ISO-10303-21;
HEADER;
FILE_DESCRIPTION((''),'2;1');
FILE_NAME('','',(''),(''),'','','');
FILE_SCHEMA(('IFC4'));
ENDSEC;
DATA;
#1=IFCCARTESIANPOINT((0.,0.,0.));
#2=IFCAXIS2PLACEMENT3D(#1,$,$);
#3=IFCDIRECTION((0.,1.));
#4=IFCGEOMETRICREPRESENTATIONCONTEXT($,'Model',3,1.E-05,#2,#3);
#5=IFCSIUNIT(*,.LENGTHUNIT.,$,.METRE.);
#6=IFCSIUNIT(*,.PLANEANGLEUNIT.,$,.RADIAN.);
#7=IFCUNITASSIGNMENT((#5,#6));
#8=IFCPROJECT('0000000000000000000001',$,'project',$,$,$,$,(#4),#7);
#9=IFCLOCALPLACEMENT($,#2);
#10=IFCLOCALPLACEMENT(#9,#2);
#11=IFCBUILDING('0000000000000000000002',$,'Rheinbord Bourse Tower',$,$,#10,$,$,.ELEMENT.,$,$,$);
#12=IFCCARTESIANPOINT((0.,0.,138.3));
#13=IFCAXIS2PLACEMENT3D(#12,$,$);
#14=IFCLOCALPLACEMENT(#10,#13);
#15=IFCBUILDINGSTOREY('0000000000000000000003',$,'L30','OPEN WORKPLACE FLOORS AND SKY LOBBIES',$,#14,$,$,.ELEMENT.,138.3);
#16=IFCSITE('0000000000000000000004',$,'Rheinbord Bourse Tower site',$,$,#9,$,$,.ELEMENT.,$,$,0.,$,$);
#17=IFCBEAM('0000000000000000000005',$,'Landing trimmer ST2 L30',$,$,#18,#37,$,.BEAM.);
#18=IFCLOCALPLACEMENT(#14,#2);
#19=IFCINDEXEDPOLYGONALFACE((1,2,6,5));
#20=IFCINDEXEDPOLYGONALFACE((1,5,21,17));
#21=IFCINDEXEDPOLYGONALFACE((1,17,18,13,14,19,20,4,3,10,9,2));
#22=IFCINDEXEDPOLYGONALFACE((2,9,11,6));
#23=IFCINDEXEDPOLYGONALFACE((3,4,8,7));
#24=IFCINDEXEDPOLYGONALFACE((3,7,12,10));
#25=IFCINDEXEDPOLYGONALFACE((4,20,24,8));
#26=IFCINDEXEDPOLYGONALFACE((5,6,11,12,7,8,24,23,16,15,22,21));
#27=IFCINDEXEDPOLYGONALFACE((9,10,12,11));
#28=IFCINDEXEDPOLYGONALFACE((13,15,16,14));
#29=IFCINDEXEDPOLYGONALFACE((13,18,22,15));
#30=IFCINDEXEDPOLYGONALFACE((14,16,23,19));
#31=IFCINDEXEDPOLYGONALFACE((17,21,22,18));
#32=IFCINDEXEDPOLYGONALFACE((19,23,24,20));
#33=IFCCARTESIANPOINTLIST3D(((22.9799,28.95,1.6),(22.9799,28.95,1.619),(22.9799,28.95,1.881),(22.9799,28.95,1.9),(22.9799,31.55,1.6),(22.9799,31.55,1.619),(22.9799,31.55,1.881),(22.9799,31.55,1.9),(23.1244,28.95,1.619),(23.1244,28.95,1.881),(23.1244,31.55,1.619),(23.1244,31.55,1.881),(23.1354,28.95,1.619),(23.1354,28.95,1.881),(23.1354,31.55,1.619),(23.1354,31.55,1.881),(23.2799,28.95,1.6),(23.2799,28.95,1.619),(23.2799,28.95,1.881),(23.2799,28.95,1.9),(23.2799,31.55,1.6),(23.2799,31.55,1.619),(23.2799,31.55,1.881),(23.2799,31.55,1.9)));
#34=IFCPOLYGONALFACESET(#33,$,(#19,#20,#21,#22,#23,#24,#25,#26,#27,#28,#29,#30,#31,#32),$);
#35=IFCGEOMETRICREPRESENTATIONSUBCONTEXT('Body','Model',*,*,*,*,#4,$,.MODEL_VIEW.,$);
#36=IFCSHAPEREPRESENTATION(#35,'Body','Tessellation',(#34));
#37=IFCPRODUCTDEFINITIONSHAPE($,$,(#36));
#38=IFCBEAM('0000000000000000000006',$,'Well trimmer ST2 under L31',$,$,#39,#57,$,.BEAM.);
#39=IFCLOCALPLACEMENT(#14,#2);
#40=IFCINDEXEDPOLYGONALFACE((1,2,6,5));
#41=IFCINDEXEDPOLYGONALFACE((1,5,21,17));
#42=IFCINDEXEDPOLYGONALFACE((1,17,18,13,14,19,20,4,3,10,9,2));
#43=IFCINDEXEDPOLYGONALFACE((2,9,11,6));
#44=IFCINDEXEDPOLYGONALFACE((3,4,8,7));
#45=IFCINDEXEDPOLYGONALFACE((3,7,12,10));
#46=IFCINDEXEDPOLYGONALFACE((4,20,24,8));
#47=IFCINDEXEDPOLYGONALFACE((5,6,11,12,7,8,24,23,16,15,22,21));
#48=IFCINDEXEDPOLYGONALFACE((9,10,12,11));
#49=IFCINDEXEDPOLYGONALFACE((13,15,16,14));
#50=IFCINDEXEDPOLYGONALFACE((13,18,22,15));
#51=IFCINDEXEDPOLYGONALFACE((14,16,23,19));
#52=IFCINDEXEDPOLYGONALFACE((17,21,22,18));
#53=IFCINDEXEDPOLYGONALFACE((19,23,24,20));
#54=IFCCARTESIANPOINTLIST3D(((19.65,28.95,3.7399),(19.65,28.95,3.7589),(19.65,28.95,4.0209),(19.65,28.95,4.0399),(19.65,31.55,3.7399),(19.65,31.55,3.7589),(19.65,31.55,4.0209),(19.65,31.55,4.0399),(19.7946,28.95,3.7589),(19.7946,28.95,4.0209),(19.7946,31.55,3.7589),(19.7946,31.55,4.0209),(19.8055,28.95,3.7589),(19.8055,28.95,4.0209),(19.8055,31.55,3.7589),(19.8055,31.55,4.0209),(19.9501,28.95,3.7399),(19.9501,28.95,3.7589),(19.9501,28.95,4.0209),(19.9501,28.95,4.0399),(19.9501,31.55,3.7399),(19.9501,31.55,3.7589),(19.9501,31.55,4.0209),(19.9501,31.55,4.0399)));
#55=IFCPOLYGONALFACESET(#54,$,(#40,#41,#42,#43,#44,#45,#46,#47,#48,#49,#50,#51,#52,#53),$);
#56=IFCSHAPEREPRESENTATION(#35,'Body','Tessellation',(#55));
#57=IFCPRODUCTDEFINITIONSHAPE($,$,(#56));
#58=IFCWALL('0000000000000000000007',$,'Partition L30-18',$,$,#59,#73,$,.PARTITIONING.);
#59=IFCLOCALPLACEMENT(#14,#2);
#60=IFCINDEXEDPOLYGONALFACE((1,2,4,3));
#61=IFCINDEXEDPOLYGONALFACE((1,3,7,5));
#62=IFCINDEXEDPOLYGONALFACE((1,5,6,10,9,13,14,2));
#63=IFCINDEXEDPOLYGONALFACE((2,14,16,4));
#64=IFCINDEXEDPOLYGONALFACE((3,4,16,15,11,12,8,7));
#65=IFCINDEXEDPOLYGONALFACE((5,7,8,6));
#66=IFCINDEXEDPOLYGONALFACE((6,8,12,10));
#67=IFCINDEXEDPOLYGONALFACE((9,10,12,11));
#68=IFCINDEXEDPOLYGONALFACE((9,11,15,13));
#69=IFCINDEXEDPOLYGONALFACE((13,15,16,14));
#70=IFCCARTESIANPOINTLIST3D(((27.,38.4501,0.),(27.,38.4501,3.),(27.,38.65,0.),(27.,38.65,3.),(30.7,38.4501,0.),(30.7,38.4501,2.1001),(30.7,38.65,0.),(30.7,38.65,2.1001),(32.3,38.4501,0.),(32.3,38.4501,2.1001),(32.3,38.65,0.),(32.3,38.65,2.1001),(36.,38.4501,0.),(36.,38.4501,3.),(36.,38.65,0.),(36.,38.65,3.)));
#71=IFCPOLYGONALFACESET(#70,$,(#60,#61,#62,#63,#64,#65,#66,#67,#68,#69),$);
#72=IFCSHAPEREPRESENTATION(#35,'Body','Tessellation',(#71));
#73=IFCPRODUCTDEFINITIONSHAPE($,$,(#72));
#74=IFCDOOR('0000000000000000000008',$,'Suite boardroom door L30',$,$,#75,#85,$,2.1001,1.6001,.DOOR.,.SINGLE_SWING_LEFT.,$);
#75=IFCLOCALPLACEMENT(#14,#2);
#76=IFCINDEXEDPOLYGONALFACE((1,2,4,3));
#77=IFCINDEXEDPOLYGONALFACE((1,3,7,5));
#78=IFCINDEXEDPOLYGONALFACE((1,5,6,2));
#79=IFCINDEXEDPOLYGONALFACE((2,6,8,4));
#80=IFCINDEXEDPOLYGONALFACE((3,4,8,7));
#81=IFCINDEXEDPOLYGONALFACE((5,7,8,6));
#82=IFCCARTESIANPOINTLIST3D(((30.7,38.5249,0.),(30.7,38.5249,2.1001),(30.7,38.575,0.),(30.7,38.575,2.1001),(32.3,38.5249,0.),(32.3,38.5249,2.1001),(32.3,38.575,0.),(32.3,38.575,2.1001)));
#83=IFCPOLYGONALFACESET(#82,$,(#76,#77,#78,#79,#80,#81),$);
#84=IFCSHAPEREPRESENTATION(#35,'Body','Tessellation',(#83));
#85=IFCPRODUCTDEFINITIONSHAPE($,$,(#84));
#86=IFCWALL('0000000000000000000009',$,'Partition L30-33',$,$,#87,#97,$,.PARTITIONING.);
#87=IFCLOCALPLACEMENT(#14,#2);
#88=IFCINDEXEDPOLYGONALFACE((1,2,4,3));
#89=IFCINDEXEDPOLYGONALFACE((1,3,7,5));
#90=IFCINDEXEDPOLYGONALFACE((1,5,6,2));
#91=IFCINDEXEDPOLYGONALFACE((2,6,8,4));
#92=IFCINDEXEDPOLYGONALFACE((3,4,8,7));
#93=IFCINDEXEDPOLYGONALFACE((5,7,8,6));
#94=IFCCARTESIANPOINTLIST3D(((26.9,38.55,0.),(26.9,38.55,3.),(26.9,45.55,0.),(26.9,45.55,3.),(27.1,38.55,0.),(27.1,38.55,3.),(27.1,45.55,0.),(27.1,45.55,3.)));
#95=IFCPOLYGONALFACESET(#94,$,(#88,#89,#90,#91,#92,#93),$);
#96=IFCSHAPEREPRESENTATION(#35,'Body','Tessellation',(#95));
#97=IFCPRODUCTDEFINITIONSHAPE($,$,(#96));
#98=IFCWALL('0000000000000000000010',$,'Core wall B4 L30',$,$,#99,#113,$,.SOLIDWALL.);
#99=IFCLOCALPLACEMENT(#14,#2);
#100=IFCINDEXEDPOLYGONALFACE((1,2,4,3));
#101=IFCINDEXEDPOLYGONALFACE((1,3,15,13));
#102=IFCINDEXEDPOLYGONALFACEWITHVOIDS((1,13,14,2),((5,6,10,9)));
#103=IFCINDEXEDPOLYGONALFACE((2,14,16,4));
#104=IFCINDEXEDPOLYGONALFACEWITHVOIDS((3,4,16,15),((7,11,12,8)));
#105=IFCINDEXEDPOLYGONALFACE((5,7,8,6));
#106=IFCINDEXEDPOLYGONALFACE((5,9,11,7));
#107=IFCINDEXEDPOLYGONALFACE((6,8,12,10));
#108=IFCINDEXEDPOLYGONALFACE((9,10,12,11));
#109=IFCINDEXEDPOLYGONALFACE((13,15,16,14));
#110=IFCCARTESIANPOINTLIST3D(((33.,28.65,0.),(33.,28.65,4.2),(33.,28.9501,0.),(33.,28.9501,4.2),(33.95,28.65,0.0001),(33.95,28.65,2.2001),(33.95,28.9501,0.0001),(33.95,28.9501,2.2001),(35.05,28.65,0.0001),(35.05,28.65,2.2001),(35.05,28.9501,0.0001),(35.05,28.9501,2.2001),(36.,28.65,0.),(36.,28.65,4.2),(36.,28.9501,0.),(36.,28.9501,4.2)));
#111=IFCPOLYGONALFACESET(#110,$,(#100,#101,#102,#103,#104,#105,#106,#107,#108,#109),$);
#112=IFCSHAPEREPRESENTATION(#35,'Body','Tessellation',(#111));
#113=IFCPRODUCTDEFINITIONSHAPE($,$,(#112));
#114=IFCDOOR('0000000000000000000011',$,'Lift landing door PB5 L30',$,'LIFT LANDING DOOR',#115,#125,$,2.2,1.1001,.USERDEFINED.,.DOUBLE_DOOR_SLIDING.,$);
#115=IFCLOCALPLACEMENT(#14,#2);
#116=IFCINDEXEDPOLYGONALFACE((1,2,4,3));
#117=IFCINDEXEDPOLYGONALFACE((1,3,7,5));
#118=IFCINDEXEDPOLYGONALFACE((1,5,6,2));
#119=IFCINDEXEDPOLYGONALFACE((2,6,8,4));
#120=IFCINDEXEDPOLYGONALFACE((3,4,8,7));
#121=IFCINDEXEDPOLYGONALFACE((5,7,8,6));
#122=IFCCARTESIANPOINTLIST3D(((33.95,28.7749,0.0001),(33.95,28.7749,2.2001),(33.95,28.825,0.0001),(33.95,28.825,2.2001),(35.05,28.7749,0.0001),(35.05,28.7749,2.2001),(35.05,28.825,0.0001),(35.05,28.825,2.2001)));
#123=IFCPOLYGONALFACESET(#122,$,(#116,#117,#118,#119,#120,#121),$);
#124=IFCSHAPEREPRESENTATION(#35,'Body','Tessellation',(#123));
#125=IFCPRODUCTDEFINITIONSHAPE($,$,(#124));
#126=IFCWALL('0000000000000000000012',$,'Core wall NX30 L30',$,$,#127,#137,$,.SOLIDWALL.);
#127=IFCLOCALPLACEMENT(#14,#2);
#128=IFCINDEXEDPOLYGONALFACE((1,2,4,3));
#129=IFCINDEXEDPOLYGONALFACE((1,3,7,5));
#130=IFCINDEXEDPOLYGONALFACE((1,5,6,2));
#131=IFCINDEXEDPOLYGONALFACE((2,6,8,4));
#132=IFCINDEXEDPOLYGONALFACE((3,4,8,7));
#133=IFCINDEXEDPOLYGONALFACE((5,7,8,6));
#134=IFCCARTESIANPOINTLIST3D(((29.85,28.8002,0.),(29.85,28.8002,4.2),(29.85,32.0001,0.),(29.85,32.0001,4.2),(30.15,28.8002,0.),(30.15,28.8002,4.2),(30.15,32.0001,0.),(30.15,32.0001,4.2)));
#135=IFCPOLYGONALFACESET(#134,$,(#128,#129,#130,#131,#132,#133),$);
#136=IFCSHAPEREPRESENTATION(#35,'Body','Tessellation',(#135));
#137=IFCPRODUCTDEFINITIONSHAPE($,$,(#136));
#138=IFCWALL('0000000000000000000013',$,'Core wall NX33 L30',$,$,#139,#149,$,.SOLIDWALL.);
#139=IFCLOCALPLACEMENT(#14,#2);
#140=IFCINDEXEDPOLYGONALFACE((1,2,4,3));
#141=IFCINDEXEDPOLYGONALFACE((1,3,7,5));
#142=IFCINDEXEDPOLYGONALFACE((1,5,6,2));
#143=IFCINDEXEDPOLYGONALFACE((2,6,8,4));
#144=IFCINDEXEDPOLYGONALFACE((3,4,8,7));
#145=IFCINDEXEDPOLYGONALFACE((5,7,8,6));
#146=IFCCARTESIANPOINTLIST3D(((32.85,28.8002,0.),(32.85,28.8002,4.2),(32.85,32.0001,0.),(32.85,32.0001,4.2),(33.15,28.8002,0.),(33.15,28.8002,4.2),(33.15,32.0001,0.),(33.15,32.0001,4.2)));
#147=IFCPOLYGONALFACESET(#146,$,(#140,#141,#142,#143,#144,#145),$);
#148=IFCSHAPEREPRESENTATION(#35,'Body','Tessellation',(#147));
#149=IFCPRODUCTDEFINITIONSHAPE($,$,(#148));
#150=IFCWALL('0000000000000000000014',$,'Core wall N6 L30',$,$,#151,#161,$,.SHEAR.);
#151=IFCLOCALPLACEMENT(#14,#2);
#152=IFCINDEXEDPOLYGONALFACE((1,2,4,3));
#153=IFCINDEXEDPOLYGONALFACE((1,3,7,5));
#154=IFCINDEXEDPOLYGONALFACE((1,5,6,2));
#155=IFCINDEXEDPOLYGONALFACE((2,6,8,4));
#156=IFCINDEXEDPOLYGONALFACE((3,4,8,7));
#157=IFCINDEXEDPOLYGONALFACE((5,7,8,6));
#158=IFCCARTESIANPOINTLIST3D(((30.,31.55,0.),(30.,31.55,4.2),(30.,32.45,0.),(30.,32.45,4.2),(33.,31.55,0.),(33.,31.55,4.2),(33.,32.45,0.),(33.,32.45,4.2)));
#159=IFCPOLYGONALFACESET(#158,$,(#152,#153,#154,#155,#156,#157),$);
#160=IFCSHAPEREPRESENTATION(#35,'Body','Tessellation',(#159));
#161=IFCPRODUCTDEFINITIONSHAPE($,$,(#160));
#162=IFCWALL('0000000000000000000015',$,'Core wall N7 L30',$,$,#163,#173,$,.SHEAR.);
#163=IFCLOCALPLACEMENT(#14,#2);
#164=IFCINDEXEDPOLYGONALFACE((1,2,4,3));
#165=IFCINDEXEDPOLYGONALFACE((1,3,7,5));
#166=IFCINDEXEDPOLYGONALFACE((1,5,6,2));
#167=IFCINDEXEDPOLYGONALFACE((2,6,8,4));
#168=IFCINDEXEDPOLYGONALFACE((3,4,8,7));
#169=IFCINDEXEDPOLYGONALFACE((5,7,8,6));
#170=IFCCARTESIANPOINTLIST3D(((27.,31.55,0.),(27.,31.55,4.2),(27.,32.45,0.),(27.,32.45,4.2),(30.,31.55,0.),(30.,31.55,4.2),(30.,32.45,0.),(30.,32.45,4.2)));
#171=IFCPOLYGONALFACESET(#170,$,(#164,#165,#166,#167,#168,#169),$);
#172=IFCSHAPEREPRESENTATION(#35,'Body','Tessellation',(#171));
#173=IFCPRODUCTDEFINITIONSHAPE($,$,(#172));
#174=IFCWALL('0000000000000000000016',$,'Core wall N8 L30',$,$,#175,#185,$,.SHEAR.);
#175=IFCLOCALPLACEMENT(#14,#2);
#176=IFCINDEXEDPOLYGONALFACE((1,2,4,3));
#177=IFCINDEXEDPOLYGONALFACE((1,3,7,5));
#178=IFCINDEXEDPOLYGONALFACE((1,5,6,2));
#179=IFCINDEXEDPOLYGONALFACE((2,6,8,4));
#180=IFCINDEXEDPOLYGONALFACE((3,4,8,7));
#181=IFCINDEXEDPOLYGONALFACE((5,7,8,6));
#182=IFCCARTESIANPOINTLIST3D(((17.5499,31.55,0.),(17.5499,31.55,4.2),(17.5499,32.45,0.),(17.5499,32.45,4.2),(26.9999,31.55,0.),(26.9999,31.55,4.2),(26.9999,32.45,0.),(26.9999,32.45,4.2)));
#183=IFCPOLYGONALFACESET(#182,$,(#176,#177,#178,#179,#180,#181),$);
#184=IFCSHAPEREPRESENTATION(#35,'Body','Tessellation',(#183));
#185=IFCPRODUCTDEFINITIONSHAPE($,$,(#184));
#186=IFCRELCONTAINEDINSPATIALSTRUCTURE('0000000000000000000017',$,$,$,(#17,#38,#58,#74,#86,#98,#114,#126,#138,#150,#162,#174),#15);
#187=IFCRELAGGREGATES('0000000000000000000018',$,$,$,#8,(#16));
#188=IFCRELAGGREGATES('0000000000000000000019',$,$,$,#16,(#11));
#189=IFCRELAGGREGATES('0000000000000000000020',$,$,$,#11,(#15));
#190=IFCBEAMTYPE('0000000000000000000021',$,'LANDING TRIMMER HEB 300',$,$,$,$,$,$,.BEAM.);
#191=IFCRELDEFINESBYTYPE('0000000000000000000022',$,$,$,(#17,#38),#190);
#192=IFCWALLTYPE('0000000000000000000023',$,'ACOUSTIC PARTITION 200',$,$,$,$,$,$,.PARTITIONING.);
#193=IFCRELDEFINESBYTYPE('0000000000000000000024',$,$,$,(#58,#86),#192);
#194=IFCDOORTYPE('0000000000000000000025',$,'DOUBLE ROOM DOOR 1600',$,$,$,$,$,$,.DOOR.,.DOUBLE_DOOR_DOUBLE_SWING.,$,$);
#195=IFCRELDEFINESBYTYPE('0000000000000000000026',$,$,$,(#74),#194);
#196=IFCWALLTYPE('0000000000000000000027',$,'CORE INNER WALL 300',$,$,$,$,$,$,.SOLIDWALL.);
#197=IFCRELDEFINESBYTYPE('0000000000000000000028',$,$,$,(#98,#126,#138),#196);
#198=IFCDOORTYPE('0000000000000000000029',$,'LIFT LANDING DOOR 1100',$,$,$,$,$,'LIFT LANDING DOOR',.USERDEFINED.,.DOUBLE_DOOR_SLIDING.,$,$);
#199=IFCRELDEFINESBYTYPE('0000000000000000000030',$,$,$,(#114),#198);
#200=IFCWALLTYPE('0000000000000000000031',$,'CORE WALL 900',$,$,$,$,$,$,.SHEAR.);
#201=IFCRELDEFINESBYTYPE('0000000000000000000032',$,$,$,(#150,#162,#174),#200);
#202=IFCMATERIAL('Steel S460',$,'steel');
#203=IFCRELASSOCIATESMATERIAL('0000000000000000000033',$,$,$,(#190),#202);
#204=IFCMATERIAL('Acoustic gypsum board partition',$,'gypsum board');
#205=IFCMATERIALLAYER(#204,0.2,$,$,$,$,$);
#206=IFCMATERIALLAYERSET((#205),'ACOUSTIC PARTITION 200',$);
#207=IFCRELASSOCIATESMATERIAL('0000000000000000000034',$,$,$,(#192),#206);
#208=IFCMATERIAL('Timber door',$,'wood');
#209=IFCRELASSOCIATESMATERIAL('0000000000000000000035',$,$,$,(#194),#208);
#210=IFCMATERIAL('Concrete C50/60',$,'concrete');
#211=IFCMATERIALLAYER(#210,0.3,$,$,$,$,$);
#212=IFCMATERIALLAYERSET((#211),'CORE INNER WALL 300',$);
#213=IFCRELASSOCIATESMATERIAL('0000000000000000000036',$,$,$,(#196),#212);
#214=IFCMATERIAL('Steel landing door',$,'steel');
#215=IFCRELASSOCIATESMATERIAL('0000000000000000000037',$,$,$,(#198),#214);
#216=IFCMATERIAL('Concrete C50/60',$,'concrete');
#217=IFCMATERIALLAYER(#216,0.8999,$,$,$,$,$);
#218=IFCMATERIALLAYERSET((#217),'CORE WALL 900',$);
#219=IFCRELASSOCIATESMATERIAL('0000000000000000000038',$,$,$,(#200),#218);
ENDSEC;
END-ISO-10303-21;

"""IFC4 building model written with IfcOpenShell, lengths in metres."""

from ifc_helpers import new_model, si_unit, direction, frame, frame_2d, origin, origin_2d, place, context, subcontext, project, spatial, rectangle, i_section, extrude, material, layer, layer_set, material_profile, profile_set, type_object, element, fill, save


model = new_model("IFC4")

# Units and contexts
model_context = context("Model", 3, precision=1e-05, world=origin(), true_north=direction((0.0, 1.0)))
body_context = subcontext(model_context, "Body", "Model", "MODEL_VIEW")
ifc_project = project(units=[si_unit("LENGTHUNIT", "METRE"), si_unit("PLANEANGLEUNIT", "RADIAN")], contexts=[model_context])

# Site, building, storey
site_placement = place(None, origin())
site = spatial("IfcSite", under=ifc_project, at=site_placement, Name="Rheinbord Bourse Tower site", CompositionType="ELEMENT", RefElevation=0.0)
building_placement = place(site_placement, origin())
building = spatial("IfcBuilding", under=site, at=building_placement, Name="Rheinbord Bourse Tower", CompositionType="ELEMENT")
storey_placement = place(building_placement, frame((0.0, 0.0, 138.3)))
storey = spatial("IfcBuildingStorey", under=building, at=storey_placement, Name="L30", Description="OPEN WORKPLACE FLOORS AND SKY LOBBIES", CompositionType="ELEMENT", Elevation=138.3)

# Beams
ifc_material_1 = material(Name="Steel S460", Category="steel")
ifc_material_profile = material_profile(ifc_material_1, i_section(OverallWidth=0.3, OverallDepth=0.3, WebThickness=0.011, FlangeThickness=0.019, at=origin_2d()), Name="HEB 300")
ifc_profile_set = profile_set([ifc_material_profile], Name="Steel S460")
beam_type = type_object("IfcBeamType", Name="LANDING TRIMMER HEB 300", PredefinedType="BEAM", material=ifc_profile_set)
for number, where, z_axis, x_axis, name in (
    (1, (23.1299, 28.95, 1.75), (0.0, 1.0, 0.0), (-1.0, 0.0, 0.0), "Landing trimmer ST2 L30"),
    (2, (19.8, 28.95, 3.8899), (0.0, 1.0, 0.0), (-1.0, 0.0, 0.0), "Well trimmer ST2 under L31"),
):
    element("IfcBeam", number, at=place(storey_placement, frame(where, z_axis=z_axis, x_axis=x_axis)), inside=storey, type_object=beam_type, Name=name, PredefinedType="BEAM", context=body_context, shape_type="SweptSolid", body=[
        extrude(i_section(OverallWidth=0.3, OverallDepth=0.3, WebThickness=0.011, FlangeThickness=0.019, at=origin_2d()), origin(), (0.0, 0.0, 1.0), 2.6001),
    ])

# Wall, opening, door
ifc_material_2 = material(Name="Acoustic gypsum board partition", Category="gypsum board")
ifc_layer_1 = layer(ifc_material_2, 0.2)
ifc_layer_set_1 = layer_set([ifc_layer_1], Name="ACOUSTIC PARTITION 200")
wall_type_1 = type_object("IfcWallType", Name="ACOUSTIC PARTITION 200", PredefinedType="PARTITIONING", material=ifc_layer_set_1)
wall_1_placement = place(storey_placement, frame((27.0, 38.55, 0.0), z_axis=(0.0, 0.0, 1.0), x_axis=(1.0, 0.0, 0.0)))
wall_1 = element("IfcWall", 3, at=wall_1_placement, inside=storey, type_object=wall_type_1, Name="Partition L30-18", PredefinedType="PARTITIONING", context=body_context, shape_type="SweptSolid", body=[
    extrude(rectangle(XDim=9.0, YDim=0.2, at=frame_2d((4.5, 0.0))), origin(), (0.0, 0.0, 1.0), 3.0),
])
opening_1_placement = place(wall_1_placement, frame((3.7, 0.0, 0.0)))
opening_1 = element("IfcOpeningElement", 4, at=opening_1_placement, cuts=wall_1, PredefinedType="OPENING", context=body_context, shape_type="SweptSolid", body=[
    extrude(rectangle(XDim=1.6001, YDim=2.1001, at=frame_2d((0.8, 1.05))), frame((0.0, 0.1099, 0.0), z_axis=(0.0, -1.0, 0.0), x_axis=(1.0, 0.0, 0.0)), (0.0, 0.0, 1.0), 0.22),
])
ifc_material_3 = material(Name="Timber door", Category="wood")
door_type_1 = type_object("IfcDoorType", Name="DOUBLE ROOM DOOR 1600", OperationType="DOUBLE_DOOR_DOUBLE_SWING", PredefinedType="DOOR", material=ifc_material_3)
door_1_placement = place(opening_1_placement, origin())
door_1 = element("IfcDoor", 5, at=door_1_placement, inside=storey, type_object=door_type_1, Name="Suite boardroom door L30", OperationType="SINGLE_SWING_LEFT", OverallHeight=2.1001, OverallWidth=1.6001, PredefinedType="DOOR", context=body_context, shape_type="SweptSolid", body=[
    extrude(rectangle(XDim=1.6001, YDim=2.1001, at=frame_2d((0.8, 1.05))), frame((0.0, 0.0249, 0.0), z_axis=(0.0, -1.0, 0.0), x_axis=(1.0, 0.0, 0.0)), (0.0, 0.0, 1.0), 0.05),
])
fill(opening_1, door_1)

# Wall
wall_2_placement = place(storey_placement, frame((27.0, 38.55, 0.0), z_axis=(0.0, 0.0, 1.0), x_axis=(0.0, 1.0, 0.0)))
element("IfcWall", 6, at=wall_2_placement, inside=storey, type_object=wall_type_1, Name="Partition L30-33", PredefinedType="PARTITIONING", context=body_context, shape_type="SweptSolid", body=[
    extrude(rectangle(XDim=7.0, YDim=0.2, at=frame_2d((3.5, 0.0))), origin(), (0.0, 0.0, 1.0), 3.0),
])

# Wall, opening, door
ifc_material_4 = material(Name="Concrete C50/60", Category="concrete")
ifc_layer_2 = layer(ifc_material_4, 0.3)
ifc_layer_set_2 = layer_set([ifc_layer_2], Name="CORE INNER WALL 300")
wall_type_2 = type_object("IfcWallType", Name="CORE INNER WALL 300", PredefinedType="SOLIDWALL", material=ifc_layer_set_2)
wall_3_placement = place(storey_placement, frame((33.0, 28.8, 0.0), z_axis=(0.0, 0.0, 1.0), x_axis=(1.0, 0.0, 0.0)))
wall_3 = element("IfcWall", 7, at=wall_3_placement, inside=storey, type_object=wall_type_2, Name="Core wall B4 L30", PredefinedType="SOLIDWALL", context=body_context, shape_type="SweptSolid", body=[
    extrude(rectangle(XDim=3.0, YDim=0.3, at=frame_2d((1.5, 0.0))), origin(), (0.0, 0.0, 1.0), 4.2),
])
opening_2_placement = place(wall_3_placement, frame((0.95, 0.0, 0.0)))
opening_2 = element("IfcOpeningElement", 8, at=opening_2_placement, cuts=wall_3, PredefinedType="OPENING", context=body_context, shape_type="SweptSolid", body=[
    extrude(rectangle(XDim=1.1001, YDim=2.2, at=frame_2d((0.55, 1.1001))), frame((0.0, 0.1599, 0.0), z_axis=(0.0, -1.0, 0.0), x_axis=(1.0, 0.0, 0.0)), (0.0, 0.0, 1.0), 0.3201),
])
ifc_material_5 = material(Name="Steel landing door", Category="steel")
door_type_2 = type_object("IfcDoorType", Name="LIFT LANDING DOOR 1100", ElementType="LIFT LANDING DOOR", OperationType="DOUBLE_DOOR_SLIDING", PredefinedType="USERDEFINED", material=ifc_material_5)
door_2_placement = place(opening_2_placement, origin())
door_2 = element("IfcDoor", 9, at=door_2_placement, inside=storey, type_object=door_type_2, Name="Lift landing door PB5 L30", ObjectType="LIFT LANDING DOOR", OperationType="DOUBLE_DOOR_SLIDING", OverallHeight=2.2, OverallWidth=1.1001, PredefinedType="USERDEFINED", context=body_context, shape_type="SweptSolid", body=[
    extrude(rectangle(XDim=1.1001, YDim=2.2, at=frame_2d((0.55, 1.1001))), frame((0.0, 0.0249, 0.0), z_axis=(0.0, -1.0, 0.0), x_axis=(1.0, 0.0, 0.0)), (0.0, 0.0, 1.0), 0.05),
])
fill(opening_2, door_2)

# Walls
for number, where, z_axis, x_axis, name in (
    (10, (30.0, 28.8, 0.0), (0.0, 0.0, 1.0), (0.0, 1.0, 0.0), "Core wall NX30 L30"),
    (11, (33.0, 28.8, 0.0), (0.0, 0.0, 1.0), (0.0, 1.0, 0.0), "Core wall NX33 L30"),
):
    element("IfcWall", number, at=place(storey_placement, frame(where, z_axis=z_axis, x_axis=x_axis)), inside=storey, type_object=wall_type_2, Name=name, PredefinedType="SOLIDWALL", context=body_context, shape_type="SweptSolid", body=[
        extrude(rectangle(XDim=3.2, YDim=0.3, at=frame_2d((1.6001, 0.0))), origin(), (0.0, 0.0, 1.0), 4.2),
    ])
ifc_material_6 = material(Name="Concrete C50/60", Category="concrete")
ifc_layer_3 = layer(ifc_material_6, 0.8999)
ifc_layer_set_3 = layer_set([ifc_layer_3], Name="CORE WALL 900")
wall_type_3 = type_object("IfcWallType", Name="CORE WALL 900", PredefinedType="SHEAR", material=ifc_layer_set_3)
for number, where, z_axis, x_axis, name in (
    (12, (33.0, 32.0, 0.0), (0.0, 0.0, 1.0), (-1.0, 0.0, 0.0), "Core wall N6 L30"),
    (13, (30.0, 32.0, 0.0), (0.0, 0.0, 1.0), (-1.0, 0.0, 0.0), "Core wall N7 L30"),
):
    element("IfcWall", number, at=place(storey_placement, frame(where, z_axis=z_axis, x_axis=x_axis)), inside=storey, type_object=wall_type_3, Name=name, PredefinedType="SHEAR", context=body_context, shape_type="SweptSolid", body=[
        extrude(rectangle(XDim=3.0, YDim=0.8999, at=frame_2d((1.5, 0.0))), origin(), (0.0, 0.0, 1.0), 4.2),
    ])
wall_4_placement = place(storey_placement, frame((27.0, 32.0, 0.0), z_axis=(0.0, 0.0, 1.0), x_axis=(-1.0, 0.0, 0.0)))
element("IfcWall", 14, at=wall_4_placement, inside=storey, type_object=wall_type_3, Name="Core wall N8 L30", PredefinedType="SHEAR", context=body_context, shape_type="SweptSolid", body=[
    extrude(rectangle(XDim=9.45, YDim=0.8999, at=frame_2d((4.7251, 0.0))), origin(), (0.0, 0.0, 1.0), 4.2),
])

save(model, "model.ifc")
